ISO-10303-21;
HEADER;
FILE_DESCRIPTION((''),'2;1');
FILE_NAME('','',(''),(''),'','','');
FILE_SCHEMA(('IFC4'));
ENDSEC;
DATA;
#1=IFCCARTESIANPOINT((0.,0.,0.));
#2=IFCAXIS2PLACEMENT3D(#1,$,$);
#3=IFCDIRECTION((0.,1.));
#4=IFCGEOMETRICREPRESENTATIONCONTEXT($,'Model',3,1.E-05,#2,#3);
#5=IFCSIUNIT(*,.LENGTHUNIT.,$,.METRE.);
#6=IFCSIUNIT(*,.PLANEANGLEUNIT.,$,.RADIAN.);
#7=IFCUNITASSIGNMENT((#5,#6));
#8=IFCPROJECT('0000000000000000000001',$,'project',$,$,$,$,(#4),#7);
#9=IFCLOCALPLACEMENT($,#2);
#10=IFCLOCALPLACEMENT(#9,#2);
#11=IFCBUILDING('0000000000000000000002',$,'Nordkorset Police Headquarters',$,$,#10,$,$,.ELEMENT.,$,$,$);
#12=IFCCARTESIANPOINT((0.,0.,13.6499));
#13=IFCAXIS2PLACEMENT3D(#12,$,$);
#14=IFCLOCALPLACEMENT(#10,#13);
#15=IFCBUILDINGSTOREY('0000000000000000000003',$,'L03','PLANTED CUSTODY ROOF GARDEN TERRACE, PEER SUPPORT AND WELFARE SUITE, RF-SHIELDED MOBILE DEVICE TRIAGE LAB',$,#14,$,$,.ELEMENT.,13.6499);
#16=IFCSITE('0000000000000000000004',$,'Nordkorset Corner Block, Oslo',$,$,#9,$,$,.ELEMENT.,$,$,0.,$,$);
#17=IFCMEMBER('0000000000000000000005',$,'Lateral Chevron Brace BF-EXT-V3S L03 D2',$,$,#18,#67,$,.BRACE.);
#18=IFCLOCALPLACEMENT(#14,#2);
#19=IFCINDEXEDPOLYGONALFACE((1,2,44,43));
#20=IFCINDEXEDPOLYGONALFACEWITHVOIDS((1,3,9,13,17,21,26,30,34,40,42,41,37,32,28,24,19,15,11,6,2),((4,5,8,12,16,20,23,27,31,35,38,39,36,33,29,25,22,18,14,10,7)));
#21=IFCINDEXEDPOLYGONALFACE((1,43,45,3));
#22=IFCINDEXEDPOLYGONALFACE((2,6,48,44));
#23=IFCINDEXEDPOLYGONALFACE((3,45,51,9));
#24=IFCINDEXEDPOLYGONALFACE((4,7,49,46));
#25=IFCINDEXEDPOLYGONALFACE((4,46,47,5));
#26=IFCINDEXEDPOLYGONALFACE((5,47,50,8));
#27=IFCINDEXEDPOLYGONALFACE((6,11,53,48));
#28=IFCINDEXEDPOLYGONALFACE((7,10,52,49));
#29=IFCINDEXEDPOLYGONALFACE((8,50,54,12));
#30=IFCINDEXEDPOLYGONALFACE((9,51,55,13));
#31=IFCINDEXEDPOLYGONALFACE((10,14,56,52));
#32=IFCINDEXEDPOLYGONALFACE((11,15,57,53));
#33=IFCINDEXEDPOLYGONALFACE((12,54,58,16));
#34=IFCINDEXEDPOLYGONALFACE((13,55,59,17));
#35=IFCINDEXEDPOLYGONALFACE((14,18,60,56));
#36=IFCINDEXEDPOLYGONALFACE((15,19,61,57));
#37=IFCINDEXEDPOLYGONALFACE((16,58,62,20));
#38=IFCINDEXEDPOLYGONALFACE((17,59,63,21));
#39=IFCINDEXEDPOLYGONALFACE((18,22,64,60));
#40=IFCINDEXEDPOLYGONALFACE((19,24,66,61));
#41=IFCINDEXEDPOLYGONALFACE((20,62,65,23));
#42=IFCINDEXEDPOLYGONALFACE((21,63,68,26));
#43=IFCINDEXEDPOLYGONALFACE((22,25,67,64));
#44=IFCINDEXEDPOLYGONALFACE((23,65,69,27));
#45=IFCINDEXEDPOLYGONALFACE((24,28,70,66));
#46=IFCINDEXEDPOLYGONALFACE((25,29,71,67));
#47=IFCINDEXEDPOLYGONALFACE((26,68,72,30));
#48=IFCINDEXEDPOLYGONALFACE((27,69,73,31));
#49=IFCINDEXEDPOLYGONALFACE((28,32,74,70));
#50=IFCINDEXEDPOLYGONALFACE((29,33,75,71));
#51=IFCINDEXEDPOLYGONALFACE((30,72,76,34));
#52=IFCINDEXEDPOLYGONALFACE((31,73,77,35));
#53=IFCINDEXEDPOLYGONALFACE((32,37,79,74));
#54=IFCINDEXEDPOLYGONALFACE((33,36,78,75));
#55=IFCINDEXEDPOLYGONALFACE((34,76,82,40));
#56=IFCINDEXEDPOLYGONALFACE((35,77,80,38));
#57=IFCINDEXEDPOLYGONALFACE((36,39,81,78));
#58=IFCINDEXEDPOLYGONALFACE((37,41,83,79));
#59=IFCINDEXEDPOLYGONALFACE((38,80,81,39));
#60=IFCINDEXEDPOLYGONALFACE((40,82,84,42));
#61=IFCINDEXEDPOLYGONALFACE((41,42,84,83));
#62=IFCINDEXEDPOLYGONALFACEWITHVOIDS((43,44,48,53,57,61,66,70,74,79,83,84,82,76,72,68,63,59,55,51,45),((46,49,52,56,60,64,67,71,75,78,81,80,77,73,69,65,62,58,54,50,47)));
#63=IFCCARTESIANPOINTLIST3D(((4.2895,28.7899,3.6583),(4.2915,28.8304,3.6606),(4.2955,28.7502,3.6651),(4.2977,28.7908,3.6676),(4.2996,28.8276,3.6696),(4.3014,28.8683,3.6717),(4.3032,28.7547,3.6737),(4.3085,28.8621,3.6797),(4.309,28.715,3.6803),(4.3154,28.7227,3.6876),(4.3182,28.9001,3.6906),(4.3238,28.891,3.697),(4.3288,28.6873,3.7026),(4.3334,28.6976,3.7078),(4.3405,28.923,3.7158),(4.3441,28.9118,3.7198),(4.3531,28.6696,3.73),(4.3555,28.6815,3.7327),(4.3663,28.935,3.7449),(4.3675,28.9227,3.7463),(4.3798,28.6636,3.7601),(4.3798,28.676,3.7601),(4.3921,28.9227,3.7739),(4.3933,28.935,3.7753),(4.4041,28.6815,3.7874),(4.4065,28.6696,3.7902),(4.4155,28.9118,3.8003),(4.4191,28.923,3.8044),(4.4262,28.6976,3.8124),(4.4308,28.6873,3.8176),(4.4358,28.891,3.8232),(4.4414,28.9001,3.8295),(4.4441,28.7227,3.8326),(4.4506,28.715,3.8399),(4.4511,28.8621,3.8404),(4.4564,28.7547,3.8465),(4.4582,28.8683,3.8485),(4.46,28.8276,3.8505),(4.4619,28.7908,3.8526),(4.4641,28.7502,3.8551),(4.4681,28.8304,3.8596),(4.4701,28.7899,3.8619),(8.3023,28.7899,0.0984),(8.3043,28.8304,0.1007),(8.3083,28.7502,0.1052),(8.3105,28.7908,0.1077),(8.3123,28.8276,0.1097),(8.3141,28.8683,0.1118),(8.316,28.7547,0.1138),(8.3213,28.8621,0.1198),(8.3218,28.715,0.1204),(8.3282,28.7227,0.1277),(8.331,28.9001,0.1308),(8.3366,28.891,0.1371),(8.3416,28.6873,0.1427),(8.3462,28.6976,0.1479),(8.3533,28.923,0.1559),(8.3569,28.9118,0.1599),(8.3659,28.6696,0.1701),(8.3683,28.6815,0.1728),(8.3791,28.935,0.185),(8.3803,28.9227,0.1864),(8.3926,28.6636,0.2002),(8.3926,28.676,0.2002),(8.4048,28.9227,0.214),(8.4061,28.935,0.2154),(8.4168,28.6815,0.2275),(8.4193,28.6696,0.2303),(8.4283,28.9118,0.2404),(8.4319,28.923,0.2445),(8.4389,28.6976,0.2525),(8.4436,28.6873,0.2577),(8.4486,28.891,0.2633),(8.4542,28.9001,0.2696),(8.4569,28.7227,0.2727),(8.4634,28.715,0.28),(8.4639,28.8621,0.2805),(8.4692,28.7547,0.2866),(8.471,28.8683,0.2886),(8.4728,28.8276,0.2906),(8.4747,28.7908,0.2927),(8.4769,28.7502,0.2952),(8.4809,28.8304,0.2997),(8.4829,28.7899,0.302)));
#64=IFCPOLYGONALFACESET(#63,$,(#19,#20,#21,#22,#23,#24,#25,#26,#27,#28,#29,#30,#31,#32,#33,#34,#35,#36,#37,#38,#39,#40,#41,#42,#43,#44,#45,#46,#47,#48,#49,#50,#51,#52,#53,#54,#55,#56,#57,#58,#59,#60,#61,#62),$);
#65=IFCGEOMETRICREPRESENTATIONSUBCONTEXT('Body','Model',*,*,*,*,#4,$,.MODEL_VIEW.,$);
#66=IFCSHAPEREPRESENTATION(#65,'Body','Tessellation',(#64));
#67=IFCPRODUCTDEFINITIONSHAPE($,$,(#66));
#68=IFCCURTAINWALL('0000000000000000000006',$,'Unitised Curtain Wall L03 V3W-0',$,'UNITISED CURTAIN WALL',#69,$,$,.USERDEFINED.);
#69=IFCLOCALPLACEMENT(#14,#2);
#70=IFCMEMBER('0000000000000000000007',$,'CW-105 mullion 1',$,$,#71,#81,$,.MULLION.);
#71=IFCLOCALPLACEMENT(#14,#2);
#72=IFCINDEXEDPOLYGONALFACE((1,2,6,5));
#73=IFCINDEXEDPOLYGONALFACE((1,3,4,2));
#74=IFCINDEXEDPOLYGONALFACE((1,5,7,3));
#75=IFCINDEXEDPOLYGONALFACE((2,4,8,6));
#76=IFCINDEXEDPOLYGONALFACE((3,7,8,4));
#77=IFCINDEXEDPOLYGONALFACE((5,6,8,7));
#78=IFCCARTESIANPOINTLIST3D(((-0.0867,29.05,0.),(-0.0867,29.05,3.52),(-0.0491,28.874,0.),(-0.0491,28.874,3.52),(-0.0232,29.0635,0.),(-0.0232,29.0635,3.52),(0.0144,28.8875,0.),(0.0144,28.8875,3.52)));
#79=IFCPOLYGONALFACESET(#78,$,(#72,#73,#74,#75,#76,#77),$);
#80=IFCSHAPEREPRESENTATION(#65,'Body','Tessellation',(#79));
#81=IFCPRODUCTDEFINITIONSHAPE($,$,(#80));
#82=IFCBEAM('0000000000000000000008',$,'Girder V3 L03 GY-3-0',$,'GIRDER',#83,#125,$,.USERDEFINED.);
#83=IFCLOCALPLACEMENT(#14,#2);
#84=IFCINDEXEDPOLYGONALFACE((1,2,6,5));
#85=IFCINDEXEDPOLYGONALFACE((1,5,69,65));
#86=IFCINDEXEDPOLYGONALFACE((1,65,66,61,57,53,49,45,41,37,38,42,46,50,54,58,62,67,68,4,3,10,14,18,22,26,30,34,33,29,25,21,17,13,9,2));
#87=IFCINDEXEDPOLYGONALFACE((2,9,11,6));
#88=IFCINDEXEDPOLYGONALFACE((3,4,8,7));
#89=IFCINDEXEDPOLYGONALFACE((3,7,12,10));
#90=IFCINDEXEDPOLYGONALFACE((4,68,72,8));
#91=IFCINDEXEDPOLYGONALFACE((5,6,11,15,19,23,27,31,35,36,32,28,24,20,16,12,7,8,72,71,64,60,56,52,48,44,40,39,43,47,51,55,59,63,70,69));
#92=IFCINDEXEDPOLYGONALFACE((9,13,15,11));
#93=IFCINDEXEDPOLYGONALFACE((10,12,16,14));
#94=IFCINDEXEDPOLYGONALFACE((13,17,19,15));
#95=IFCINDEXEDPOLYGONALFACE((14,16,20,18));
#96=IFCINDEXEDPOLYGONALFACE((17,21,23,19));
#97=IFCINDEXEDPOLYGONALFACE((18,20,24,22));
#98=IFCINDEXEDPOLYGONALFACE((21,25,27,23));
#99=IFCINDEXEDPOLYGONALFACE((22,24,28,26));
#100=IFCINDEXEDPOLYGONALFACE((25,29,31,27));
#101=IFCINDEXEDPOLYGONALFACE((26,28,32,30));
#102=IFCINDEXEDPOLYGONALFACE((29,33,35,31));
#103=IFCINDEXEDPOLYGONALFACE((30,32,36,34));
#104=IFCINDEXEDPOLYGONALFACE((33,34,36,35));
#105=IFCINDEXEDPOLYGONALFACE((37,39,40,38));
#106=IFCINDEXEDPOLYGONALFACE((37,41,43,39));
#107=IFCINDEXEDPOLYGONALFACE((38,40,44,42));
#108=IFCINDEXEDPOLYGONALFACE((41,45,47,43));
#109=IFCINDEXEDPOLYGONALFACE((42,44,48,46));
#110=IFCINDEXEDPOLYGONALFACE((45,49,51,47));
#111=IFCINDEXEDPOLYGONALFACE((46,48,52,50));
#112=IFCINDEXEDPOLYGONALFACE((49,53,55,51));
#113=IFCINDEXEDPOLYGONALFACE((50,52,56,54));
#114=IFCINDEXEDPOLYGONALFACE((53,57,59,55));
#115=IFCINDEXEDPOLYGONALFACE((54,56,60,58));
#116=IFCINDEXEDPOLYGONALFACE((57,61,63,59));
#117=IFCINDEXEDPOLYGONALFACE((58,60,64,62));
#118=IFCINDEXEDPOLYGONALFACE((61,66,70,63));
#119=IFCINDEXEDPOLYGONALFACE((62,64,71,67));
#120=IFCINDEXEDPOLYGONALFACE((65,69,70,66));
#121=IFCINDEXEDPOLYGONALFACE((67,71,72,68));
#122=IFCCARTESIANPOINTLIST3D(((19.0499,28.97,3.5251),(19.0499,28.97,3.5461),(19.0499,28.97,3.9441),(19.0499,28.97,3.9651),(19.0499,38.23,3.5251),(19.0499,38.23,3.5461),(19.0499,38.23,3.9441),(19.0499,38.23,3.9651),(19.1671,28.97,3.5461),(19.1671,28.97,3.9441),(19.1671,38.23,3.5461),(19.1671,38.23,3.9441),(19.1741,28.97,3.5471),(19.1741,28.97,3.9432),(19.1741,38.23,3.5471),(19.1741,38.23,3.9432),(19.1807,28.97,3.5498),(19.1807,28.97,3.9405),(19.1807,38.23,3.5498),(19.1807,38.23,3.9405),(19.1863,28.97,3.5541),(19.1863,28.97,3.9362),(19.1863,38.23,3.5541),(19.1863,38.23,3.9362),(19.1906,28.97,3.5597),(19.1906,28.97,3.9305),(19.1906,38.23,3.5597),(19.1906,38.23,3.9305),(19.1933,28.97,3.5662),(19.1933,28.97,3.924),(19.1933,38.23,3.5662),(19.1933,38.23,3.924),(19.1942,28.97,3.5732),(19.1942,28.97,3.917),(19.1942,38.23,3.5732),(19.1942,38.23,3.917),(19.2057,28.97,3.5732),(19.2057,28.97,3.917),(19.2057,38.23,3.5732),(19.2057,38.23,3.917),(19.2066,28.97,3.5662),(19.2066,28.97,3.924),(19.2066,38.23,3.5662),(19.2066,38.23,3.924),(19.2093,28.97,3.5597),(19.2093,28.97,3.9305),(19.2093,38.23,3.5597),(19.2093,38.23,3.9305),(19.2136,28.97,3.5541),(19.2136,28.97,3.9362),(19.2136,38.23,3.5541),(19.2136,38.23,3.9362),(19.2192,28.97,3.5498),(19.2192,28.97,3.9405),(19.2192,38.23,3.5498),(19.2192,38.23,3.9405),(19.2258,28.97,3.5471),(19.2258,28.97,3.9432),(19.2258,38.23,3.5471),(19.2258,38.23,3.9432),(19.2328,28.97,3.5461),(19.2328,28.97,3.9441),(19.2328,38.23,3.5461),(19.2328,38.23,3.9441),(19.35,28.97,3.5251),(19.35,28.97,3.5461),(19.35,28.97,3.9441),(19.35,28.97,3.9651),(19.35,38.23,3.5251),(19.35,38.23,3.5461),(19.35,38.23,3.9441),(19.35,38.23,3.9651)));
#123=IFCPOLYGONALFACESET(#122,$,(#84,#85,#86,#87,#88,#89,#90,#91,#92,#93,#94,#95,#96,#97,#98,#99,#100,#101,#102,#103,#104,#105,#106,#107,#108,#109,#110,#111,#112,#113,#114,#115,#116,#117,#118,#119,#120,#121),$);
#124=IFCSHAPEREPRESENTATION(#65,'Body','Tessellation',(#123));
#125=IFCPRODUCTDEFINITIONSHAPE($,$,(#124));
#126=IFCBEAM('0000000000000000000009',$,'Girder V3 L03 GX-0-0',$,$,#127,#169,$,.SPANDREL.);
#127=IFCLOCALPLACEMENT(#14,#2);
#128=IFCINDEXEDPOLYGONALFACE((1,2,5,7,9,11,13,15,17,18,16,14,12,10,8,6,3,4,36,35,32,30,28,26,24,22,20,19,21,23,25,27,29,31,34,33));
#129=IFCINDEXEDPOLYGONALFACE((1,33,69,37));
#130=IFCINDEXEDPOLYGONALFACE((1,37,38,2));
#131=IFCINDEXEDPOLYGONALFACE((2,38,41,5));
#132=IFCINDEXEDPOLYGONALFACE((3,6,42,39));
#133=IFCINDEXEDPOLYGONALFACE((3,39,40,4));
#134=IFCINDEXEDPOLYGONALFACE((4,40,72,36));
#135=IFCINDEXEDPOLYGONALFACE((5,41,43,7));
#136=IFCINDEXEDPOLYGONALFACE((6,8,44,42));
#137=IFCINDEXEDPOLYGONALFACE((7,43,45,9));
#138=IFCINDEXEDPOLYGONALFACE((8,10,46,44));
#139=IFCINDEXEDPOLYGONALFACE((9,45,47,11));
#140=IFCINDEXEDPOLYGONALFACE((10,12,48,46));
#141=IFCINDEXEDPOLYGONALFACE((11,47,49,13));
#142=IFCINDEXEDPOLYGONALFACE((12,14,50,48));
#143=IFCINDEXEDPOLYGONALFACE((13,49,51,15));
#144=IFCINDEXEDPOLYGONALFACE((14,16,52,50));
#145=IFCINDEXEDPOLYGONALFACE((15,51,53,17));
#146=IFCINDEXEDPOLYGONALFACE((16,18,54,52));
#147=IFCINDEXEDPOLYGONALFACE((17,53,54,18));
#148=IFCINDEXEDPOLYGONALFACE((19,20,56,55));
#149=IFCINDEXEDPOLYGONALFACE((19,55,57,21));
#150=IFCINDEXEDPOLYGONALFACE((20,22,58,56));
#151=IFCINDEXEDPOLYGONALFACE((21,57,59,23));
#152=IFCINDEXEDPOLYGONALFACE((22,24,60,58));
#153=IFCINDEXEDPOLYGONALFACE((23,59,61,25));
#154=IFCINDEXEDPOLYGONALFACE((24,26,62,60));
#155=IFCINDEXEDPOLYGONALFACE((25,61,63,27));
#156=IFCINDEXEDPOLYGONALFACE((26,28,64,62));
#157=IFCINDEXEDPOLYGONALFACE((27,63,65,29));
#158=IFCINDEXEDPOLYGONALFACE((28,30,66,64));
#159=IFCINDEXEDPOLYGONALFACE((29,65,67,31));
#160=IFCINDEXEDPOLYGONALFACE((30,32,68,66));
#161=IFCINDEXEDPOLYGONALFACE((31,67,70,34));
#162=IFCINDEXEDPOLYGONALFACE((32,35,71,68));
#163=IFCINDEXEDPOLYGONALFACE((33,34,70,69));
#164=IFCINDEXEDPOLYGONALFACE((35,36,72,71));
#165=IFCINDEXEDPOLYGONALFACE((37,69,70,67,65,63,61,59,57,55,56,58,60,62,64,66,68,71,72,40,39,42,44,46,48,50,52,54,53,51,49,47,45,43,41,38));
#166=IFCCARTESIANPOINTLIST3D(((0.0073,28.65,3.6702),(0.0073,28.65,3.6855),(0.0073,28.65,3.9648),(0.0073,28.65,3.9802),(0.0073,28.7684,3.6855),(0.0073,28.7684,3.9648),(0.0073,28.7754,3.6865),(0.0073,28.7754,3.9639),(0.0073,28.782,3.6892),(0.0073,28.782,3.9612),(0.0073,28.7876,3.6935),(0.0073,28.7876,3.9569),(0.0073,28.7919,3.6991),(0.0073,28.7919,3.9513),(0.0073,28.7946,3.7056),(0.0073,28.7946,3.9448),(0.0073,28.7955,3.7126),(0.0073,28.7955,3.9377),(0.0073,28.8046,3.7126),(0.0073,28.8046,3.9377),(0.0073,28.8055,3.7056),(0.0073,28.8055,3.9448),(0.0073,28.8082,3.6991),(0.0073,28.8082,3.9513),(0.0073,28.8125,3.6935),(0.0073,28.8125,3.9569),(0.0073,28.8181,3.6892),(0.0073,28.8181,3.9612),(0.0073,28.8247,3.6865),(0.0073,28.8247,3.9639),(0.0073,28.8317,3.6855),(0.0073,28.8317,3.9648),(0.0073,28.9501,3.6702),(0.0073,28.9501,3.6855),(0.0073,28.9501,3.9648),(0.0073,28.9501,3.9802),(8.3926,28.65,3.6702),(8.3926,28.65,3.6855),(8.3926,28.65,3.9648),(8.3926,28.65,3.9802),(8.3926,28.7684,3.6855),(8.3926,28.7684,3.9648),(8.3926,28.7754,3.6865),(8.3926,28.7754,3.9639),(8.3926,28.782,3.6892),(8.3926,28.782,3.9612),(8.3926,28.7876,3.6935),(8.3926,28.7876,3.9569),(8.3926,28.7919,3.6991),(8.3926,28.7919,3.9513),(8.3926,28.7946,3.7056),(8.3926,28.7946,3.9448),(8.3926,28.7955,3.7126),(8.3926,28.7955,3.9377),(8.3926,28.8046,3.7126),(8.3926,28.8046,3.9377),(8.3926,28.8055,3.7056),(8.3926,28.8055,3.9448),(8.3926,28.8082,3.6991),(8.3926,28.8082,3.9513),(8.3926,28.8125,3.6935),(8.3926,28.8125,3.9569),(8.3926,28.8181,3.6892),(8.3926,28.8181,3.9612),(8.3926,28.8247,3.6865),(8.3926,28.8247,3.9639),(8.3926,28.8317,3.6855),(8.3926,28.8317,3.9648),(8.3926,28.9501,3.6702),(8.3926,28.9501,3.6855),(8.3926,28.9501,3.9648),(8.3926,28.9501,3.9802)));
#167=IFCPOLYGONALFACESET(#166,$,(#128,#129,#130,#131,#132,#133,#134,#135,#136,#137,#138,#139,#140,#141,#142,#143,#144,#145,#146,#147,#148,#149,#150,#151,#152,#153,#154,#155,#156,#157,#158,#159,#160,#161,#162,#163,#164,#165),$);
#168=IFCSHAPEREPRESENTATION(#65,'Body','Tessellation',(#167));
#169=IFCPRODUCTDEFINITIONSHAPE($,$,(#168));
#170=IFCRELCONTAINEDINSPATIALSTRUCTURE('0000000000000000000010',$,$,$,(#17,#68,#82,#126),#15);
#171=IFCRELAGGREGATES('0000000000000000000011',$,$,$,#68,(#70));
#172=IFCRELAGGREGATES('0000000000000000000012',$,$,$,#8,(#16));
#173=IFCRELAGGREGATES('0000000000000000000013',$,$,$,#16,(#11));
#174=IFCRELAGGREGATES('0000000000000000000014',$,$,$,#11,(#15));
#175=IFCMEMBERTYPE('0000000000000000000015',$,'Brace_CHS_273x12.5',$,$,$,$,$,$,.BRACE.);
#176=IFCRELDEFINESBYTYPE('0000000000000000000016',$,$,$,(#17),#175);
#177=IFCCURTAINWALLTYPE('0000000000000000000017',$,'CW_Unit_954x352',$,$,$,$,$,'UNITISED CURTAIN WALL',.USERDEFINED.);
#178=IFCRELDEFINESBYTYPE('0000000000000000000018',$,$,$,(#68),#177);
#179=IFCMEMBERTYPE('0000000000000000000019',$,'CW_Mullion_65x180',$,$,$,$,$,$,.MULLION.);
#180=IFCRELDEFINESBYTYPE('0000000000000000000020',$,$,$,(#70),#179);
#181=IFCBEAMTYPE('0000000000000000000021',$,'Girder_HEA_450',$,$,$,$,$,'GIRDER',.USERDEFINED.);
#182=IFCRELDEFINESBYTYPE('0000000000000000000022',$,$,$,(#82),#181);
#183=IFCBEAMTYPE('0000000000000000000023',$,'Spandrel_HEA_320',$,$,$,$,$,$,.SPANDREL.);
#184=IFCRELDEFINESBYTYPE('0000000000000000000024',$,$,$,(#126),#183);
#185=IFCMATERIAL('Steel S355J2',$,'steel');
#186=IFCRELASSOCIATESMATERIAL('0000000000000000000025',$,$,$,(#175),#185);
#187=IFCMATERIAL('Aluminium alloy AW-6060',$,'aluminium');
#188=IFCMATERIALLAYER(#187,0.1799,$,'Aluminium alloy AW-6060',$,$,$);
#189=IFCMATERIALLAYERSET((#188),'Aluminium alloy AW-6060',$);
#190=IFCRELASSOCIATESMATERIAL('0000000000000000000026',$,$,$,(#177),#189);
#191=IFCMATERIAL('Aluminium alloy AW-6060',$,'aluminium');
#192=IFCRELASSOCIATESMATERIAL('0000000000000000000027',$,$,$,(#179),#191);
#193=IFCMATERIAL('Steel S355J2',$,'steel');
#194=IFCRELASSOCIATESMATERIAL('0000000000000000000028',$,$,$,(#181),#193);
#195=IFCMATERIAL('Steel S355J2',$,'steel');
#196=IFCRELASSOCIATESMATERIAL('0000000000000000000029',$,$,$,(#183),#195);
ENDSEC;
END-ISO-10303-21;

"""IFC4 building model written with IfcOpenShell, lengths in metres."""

from ifc_helpers import new_model, si_unit, direction, frame, origin, origin_2d, place, context, subcontext, project, spatial, rectangle, hollow_circle, i_section, extrude, material, layer, layer_set, material_profile, profile_set, type_object, element, aggregate, save


model = new_model("IFC4")

# Units and contexts
model_context = context("Model", 3, precision=1e-05, world=origin(), true_north=direction((0.0, 1.0)))
body_context = subcontext(model_context, "Body", "Model", "MODEL_VIEW")
ifc_project = project(units=[si_unit("LENGTHUNIT", "METRE"), si_unit("PLANEANGLEUNIT", "RADIAN")], contexts=[model_context])

# Site, building, storey
site_placement = place(None, origin())
site = spatial("IfcSite", under=ifc_project, at=site_placement, Name="Nordkorset Corner Block, Oslo", CompositionType="ELEMENT", RefElevation=0.0)
building_placement = place(site_placement, origin())
building = spatial("IfcBuilding", under=site, at=building_placement, Name="Nordkorset Police Headquarters", CompositionType="ELEMENT")
storey_placement = place(building_placement, frame((0.0, 0.0, 13.6499)))
storey = spatial("IfcBuildingStorey", under=building, at=storey_placement, Name="L03", Description="PLANTED CUSTODY ROOF GARDEN TERRACE, PEER SUPPORT AND WELFARE SUITE, RF-SHIELDED MOBILE DEVICE TRIAGE LAB", CompositionType="ELEMENT", Elevation=13.6499)

# Member
ifc_material_1 = material(Name="Steel S355J2", Category="steel")
ifc_material_profile_1 = material_profile(ifc_material_1, hollow_circle(Radius=0.1365, WallThickness=0.0125, at=origin_2d()), Name="CHS 273x12.5")
ifc_profile_set_1 = profile_set([ifc_material_profile_1], Name="Steel S355J2")
member_type_1 = type_object("IfcMemberType", Name="Brace_CHS_273x12.5", PredefinedType="BRACE", material=ifc_profile_set_1)
for number, where, z_axis, x_axis, name in (
    (1, (8.3926, 28.8, 0.2002), (-0.748059, 0.0, 0.663632), (0.0, -1.0, 0.0), "Lateral Chevron Brace BF-EXT-V3S L03 D2"),
):
    element("IfcMember", number, at=place(storey_placement, frame(where, z_axis=z_axis, x_axis=x_axis)), inside=storey, type_object=member_type_1, Name=name, PredefinedType="BRACE", context=body_context, shape_type="SweptSolid", body=[
        extrude(hollow_circle(Radius=0.1365, WallThickness=0.0125, at=origin_2d()), origin(), (0.0, 0.0, 1.0), 5.3643),
    ])

# Curtain wall, member
ifc_material_2 = material(Name="Aluminium alloy AW-6060", Category="aluminium")
ifc_layer_1 = layer(ifc_material_2, 0.1799, Name="Aluminium alloy AW-6060")
ifc_layer_set_1 = layer_set([ifc_layer_1], Name="Aluminium alloy AW-6060")
curtain_wall_type = type_object("IfcCurtainWallType", Name="CW_Unit_954x352", ElementType="UNITISED CURTAIN WALL", PredefinedType="USERDEFINED", material=ifc_layer_set_1)
curtain_wall_placement = place(storey_placement, origin())
curtain_wall = element("IfcCurtainWall", 2, at=curtain_wall_placement, inside=storey, type_object=curtain_wall_type, Name="Unitised Curtain Wall L03 V3W-0", ObjectType="UNITISED CURTAIN WALL", PredefinedType="USERDEFINED")
ifc_material_3 = material(Name="Aluminium alloy AW-6060", Category="aluminium")
ifc_material_profile_2 = material_profile(ifc_material_3, rectangle(XDim=0.0649, YDim=0.1799, at=origin_2d()), Name="ALU MULL 65x180")
ifc_profile_set_2 = profile_set([ifc_material_profile_2], Name="Aluminium alloy AW-6060")
member_type_2 = type_object("IfcMemberType", Name="CW_Mullion_65x180", PredefinedType="MULLION", material=ifc_profile_set_2)
member_placement = place(storey_placement, frame((-0.0361, 28.9688, 0.0), z_axis=(0.0, 0.0, 1.0), x_axis=(-0.977951, -0.208833, 0.0)))
member = element("IfcMember", 3, at=member_placement, type_object=member_type_2, Name="CW-105 mullion 1", PredefinedType="MULLION", context=body_context, shape_type="SweptSolid", body=[
    extrude(rectangle(XDim=0.0649, YDim=0.1799, at=origin_2d()), origin(), (0.0, 0.0, 1.0), 3.52),
])
aggregate(curtain_wall, [member])

# Beams
ifc_material_4 = material(Name="Steel S355J2", Category="steel")
ifc_material_profile_3 = material_profile(ifc_material_4, i_section(OverallWidth=0.3, OverallDepth=0.4399, WebThickness=0.0115, FlangeThickness=0.021, FilletRadius=0.0271, at=origin_2d()), Name="HEA 450")
ifc_profile_set_3 = profile_set([ifc_material_profile_3], Name="Steel S355J2")
beam_type_1 = type_object("IfcBeamType", Name="Girder_HEA_450", ElementType="GIRDER", PredefinedType="USERDEFINED", material=ifc_profile_set_3)
beam_1_placement = place(storey_placement, frame((19.2, 28.97, 3.7451), z_axis=(0.0, 1.0, 0.0), x_axis=(-1.0, 0.0, 0.0)))
element("IfcBeam", 4, at=beam_1_placement, inside=storey, type_object=beam_type_1, Name="Girder V3 L03 GY-3-0", ObjectType="GIRDER", PredefinedType="USERDEFINED", context=body_context, shape_type="SweptSolid", body=[
    extrude(i_section(OverallWidth=0.3, OverallDepth=0.4399, WebThickness=0.0115, FlangeThickness=0.021, FilletRadius=0.0271, at=origin_2d()), origin(), (0.0, 0.0, 1.0), 9.26),
])
ifc_material_5 = material(Name="Steel S355J2", Category="steel")
ifc_material_profile_4 = material_profile(ifc_material_5, i_section(OverallWidth=0.3, OverallDepth=0.3101, WebThickness=0.009, FlangeThickness=0.0154, FilletRadius=0.0271, at=origin_2d()), Name="HEA 320")
ifc_profile_set_4 = profile_set([ifc_material_profile_4], Name="Steel S355J2")
beam_type_2 = type_object("IfcBeamType", Name="Spandrel_HEA_320", PredefinedType="SPANDREL", material=ifc_profile_set_4)
beam_2_placement = place(storey_placement, frame((0.0073, 28.8, 3.8252), z_axis=(1.0, 0.0, 0.0), x_axis=(0.0, 1.0, 0.0)))
element("IfcBeam", 5, at=beam_2_placement, inside=storey, type_object=beam_type_2, Name="Girder V3 L03 GX-0-0", PredefinedType="SPANDREL", context=body_context, shape_type="SweptSolid", body=[
    extrude(i_section(OverallWidth=0.3, OverallDepth=0.3101, WebThickness=0.009, FlangeThickness=0.0154, FilletRadius=0.0271, at=origin_2d()), origin(), (0.0, 0.0, 1.0), 8.3853),
])

save(model, "model.ifc")
